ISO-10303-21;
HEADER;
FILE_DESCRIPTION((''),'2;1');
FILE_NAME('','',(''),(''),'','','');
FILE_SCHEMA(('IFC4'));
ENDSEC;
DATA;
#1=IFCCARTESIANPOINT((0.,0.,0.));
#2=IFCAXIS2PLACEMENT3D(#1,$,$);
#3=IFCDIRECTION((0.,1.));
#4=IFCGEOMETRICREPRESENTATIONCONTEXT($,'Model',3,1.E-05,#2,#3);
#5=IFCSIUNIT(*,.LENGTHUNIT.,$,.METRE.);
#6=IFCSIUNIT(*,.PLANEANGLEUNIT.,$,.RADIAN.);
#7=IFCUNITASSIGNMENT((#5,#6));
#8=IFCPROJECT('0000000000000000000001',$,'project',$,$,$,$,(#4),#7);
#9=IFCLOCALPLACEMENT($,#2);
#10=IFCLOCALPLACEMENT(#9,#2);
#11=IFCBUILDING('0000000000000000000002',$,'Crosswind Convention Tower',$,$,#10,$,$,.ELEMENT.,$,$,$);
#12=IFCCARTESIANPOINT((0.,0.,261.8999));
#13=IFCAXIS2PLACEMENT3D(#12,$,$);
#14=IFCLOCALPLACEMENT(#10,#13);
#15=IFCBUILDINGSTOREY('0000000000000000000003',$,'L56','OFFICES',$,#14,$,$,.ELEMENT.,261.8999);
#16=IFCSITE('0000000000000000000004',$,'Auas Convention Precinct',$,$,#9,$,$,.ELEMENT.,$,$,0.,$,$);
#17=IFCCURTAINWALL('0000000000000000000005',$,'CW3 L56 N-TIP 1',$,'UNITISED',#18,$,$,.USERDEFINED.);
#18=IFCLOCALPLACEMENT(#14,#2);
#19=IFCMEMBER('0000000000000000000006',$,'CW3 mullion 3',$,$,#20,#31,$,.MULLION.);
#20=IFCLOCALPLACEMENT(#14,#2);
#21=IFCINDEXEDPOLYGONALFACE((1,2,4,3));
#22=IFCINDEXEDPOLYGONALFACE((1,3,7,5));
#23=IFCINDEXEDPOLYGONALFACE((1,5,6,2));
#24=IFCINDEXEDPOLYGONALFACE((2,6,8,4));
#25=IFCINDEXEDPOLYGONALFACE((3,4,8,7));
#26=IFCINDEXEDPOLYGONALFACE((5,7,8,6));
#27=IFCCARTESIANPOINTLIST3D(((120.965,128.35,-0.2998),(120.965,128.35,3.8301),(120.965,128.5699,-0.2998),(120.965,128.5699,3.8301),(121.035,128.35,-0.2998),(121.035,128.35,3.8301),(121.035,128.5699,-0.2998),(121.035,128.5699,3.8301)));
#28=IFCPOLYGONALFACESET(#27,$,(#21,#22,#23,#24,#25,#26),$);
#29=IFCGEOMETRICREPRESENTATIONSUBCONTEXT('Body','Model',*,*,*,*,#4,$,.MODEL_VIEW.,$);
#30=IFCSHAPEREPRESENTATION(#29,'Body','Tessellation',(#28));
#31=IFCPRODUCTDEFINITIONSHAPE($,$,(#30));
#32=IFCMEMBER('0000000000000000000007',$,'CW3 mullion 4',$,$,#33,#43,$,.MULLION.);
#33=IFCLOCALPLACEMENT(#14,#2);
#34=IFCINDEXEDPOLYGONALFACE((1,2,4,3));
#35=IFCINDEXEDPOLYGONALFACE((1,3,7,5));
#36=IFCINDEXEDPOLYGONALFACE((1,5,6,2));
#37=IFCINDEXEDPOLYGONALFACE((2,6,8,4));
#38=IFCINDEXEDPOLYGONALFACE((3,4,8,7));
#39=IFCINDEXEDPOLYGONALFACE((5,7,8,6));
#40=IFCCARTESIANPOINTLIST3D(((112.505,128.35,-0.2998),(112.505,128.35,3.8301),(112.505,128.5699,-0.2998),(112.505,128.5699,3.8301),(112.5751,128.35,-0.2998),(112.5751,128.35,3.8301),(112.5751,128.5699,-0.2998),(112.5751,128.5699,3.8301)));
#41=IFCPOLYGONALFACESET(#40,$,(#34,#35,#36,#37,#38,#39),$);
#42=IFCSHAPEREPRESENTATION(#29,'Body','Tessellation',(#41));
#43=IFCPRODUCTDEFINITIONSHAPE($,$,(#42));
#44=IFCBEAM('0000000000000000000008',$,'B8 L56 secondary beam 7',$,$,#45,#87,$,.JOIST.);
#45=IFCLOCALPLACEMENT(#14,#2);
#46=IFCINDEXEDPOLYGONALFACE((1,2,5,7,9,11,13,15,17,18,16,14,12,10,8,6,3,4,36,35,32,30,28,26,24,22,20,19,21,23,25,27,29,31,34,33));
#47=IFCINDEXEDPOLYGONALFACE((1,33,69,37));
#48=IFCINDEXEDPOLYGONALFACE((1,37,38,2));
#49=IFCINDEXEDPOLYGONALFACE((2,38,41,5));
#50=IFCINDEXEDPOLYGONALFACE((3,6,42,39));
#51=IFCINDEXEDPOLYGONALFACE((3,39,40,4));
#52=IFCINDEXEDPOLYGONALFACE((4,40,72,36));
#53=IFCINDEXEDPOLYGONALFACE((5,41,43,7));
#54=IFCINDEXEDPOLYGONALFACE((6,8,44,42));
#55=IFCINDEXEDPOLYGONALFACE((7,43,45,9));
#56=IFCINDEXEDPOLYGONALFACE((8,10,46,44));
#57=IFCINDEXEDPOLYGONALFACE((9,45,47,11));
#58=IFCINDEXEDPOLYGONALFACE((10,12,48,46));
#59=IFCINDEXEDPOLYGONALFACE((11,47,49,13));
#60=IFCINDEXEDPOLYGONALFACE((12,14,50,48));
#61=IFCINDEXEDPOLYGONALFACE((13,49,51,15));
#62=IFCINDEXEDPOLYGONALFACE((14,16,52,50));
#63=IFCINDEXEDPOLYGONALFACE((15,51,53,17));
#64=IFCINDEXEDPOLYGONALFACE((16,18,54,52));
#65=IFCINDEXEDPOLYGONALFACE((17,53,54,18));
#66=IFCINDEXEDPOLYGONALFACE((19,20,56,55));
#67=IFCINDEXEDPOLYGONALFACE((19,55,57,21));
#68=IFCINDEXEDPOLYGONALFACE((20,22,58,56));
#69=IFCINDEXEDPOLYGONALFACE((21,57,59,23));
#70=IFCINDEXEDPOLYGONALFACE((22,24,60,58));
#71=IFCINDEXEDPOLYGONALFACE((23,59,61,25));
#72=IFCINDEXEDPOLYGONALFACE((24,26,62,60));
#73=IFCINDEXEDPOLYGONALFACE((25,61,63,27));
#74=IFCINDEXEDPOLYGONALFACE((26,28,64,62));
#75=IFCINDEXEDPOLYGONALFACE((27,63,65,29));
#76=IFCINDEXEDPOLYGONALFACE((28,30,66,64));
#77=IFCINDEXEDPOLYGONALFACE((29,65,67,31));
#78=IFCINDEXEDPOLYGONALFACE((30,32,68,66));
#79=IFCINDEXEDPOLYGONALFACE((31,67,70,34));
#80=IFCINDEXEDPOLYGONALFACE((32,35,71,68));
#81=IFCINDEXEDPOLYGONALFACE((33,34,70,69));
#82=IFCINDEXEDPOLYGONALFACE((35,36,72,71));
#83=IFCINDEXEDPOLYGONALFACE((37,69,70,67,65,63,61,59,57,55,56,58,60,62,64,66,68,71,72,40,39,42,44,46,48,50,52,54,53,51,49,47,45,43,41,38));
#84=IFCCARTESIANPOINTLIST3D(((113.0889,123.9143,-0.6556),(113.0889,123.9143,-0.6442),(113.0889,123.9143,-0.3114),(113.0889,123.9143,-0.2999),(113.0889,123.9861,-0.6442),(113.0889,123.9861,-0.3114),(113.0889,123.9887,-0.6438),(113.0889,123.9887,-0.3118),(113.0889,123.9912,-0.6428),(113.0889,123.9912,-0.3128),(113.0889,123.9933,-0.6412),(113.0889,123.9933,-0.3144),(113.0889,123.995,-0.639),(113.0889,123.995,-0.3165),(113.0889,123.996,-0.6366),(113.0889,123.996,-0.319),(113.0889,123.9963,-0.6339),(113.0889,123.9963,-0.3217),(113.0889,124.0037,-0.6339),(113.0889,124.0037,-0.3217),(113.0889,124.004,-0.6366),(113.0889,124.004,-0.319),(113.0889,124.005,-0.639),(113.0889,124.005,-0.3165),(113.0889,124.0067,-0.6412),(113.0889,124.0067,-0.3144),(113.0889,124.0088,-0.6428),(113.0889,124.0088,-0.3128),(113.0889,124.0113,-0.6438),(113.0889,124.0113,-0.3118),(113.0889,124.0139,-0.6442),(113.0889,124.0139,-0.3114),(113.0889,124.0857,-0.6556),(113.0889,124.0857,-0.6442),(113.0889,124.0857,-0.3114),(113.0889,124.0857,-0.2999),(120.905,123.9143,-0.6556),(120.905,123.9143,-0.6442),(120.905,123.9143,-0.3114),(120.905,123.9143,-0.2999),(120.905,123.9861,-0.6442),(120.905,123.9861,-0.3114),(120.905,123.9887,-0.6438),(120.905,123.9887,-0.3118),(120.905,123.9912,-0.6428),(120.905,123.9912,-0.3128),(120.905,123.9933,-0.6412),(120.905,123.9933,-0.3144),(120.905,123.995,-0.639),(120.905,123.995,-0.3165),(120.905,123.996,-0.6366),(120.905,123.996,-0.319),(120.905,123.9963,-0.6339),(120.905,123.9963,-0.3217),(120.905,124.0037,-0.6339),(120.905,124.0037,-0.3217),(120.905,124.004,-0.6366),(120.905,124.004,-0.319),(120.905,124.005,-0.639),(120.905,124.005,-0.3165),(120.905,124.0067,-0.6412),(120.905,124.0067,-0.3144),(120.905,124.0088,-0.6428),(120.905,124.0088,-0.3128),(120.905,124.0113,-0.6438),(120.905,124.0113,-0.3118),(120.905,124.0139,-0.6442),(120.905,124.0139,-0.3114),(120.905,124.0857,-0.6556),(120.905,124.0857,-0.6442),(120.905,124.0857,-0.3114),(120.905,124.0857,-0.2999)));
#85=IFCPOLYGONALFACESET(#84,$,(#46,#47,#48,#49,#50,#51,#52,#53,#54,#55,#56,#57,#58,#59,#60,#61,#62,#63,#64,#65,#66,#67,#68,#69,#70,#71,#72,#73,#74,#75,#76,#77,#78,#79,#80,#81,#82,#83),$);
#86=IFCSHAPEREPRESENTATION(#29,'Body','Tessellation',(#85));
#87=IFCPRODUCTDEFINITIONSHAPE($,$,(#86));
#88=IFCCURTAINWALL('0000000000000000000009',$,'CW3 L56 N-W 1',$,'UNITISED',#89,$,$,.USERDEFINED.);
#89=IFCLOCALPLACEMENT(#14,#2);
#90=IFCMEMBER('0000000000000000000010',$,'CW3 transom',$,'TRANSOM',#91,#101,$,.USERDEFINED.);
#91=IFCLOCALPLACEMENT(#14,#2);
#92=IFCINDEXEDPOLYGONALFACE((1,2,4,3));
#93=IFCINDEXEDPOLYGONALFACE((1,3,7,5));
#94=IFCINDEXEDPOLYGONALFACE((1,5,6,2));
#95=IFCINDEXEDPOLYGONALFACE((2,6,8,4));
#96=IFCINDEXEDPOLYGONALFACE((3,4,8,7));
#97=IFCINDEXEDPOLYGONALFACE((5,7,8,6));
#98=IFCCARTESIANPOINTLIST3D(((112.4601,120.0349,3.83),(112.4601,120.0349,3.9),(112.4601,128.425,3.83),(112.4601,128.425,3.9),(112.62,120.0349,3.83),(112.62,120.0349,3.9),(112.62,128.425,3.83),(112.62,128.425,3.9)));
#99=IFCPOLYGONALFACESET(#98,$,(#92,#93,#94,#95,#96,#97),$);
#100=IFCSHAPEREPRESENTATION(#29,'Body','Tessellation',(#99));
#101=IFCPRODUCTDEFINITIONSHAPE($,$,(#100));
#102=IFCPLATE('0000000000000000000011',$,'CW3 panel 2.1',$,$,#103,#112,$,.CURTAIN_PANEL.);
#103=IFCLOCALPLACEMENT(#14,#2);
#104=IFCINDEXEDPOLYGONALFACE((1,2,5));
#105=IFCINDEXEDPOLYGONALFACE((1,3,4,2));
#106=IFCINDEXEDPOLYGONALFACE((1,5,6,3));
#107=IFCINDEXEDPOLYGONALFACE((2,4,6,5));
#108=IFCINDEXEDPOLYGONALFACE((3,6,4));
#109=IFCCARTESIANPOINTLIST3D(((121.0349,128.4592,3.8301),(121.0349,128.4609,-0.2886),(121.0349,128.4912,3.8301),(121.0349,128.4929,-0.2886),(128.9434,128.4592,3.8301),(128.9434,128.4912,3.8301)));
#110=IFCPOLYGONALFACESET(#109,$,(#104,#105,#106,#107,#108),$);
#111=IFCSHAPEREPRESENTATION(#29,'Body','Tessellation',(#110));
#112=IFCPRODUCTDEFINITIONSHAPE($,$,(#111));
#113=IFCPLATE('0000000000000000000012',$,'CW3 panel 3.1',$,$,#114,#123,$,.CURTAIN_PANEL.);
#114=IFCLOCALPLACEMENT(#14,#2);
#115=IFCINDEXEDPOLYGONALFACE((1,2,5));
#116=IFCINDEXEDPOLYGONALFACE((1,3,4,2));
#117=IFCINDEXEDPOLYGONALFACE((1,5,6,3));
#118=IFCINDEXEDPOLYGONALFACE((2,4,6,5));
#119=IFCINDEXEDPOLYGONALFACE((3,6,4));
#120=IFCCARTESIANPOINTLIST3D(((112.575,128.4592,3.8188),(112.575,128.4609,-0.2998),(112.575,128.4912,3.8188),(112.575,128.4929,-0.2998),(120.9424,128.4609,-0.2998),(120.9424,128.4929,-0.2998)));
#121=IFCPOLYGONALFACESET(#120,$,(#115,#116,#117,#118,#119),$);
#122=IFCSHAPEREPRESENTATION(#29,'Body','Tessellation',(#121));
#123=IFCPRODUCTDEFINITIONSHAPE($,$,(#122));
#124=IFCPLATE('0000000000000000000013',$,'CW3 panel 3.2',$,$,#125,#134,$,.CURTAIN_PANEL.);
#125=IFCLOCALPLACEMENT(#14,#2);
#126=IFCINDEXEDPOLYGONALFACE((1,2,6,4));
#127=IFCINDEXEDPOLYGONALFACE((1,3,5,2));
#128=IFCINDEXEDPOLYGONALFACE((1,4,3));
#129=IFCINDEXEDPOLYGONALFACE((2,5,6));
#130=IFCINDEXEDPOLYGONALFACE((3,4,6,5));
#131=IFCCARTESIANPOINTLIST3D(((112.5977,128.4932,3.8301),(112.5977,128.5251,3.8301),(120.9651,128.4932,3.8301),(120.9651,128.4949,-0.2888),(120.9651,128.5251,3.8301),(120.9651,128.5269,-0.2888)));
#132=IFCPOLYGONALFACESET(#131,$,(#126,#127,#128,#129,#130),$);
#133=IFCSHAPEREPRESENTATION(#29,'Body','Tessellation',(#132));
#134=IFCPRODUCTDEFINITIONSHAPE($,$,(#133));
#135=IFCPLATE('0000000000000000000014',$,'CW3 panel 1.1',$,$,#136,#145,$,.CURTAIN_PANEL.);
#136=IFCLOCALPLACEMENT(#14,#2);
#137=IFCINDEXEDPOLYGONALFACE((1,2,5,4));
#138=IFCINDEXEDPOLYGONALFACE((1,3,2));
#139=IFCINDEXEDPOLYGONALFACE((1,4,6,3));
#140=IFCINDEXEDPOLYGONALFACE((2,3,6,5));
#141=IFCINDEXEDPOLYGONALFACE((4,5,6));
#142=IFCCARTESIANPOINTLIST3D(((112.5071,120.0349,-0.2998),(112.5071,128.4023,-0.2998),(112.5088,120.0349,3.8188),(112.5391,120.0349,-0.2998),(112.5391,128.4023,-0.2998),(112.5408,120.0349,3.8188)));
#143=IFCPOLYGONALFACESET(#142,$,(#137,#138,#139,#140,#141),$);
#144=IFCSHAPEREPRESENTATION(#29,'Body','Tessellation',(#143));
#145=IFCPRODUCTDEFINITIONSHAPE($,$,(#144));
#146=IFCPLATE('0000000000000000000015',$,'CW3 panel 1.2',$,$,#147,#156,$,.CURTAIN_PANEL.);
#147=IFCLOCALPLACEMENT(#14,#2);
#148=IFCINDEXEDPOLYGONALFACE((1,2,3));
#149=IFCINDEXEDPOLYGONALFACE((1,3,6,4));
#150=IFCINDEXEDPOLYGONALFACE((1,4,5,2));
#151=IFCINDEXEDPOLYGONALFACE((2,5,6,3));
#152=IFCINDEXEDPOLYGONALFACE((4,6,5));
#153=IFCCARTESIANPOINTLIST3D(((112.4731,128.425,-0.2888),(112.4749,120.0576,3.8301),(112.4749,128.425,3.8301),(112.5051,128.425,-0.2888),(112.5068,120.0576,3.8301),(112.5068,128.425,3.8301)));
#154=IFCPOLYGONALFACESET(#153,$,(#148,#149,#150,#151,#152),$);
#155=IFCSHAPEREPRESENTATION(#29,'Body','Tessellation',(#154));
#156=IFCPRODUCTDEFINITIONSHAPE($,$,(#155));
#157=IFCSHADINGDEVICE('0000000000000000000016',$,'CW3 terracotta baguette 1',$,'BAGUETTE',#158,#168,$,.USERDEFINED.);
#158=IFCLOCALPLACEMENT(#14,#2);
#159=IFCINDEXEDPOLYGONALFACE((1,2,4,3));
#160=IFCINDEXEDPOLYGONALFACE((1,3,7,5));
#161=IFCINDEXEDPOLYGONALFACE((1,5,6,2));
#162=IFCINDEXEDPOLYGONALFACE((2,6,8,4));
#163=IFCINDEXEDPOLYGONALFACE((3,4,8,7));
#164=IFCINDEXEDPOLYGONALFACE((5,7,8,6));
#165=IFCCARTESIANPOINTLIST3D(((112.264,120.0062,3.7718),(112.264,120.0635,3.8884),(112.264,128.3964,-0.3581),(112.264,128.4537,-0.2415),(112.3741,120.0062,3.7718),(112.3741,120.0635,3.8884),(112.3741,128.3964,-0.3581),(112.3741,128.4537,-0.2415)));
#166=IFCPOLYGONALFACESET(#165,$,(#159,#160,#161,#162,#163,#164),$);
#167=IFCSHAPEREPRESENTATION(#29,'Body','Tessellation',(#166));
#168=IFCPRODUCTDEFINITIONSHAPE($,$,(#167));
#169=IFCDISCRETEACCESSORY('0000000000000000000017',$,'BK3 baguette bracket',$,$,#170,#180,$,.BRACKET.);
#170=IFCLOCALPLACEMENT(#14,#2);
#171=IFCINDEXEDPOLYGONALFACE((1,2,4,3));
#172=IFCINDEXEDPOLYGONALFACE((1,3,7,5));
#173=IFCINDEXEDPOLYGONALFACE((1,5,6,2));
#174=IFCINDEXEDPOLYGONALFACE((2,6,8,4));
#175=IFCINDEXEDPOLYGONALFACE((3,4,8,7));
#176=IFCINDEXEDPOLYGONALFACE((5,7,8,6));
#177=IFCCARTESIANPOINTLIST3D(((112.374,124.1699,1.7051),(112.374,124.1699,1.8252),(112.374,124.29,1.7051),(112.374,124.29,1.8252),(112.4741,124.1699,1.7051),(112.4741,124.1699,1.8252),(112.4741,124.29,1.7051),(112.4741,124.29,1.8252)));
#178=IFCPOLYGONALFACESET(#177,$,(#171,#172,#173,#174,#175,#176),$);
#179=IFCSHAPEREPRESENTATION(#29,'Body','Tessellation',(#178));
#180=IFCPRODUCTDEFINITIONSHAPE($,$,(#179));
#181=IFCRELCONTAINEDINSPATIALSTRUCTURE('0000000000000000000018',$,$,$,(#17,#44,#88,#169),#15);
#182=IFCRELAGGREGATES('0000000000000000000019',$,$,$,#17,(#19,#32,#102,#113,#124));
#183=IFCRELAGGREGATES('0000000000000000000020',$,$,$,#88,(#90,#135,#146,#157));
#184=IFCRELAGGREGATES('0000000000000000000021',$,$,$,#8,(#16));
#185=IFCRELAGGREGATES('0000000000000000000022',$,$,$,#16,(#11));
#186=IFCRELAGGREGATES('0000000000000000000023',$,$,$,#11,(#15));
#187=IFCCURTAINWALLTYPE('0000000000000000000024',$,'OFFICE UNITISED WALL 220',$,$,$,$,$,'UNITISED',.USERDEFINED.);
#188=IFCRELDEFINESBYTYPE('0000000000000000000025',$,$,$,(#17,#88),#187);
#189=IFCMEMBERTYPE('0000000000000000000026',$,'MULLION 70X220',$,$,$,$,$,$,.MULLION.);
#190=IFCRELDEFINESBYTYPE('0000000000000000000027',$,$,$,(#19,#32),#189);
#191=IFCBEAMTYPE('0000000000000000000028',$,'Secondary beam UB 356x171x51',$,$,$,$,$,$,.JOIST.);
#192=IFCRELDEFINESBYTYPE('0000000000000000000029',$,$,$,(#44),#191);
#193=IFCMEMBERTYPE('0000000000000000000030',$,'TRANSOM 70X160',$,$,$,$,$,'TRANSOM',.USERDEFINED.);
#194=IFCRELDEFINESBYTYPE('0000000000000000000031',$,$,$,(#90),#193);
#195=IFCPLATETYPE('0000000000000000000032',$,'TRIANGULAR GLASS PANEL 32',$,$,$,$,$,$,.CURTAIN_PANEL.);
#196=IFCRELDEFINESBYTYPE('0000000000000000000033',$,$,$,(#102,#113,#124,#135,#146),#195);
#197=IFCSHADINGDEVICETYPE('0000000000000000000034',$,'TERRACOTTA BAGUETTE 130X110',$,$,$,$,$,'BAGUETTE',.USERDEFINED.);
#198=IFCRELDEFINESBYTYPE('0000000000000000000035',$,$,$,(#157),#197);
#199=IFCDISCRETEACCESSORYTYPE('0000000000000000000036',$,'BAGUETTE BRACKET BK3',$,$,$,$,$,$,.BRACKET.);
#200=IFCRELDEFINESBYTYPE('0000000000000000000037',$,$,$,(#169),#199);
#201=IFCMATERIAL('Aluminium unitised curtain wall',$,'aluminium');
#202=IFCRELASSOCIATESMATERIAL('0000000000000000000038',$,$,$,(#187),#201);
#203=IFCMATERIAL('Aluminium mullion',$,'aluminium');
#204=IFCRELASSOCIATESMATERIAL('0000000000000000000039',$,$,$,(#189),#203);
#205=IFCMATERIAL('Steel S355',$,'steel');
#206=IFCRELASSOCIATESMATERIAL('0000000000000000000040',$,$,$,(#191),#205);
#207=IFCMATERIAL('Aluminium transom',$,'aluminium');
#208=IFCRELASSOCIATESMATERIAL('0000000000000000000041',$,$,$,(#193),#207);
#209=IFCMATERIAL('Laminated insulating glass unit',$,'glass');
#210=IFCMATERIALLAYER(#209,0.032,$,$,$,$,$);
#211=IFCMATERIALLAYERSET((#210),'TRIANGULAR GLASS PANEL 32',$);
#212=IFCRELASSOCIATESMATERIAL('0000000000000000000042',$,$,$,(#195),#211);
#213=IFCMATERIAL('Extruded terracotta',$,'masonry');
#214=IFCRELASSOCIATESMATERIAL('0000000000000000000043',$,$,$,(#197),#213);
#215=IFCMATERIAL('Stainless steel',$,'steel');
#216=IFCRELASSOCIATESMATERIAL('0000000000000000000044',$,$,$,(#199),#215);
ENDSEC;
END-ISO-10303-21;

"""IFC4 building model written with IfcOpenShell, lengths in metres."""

from ifc_helpers import new_model, si_unit, direction, frame, origin, origin_2d, place, context, subcontext, project, spatial, polyline, rectangle, i_section, outline, extrude, material, layer, layer_set, material_profile, profile_set, type_object, element, aggregate, save


model = new_model("IFC4")

# Units and contexts
model_context = context("Model", 3, precision=1e-05, world=origin(), true_north=direction((0.0, 1.0)))
body_context = subcontext(model_context, "Body", "Model", "MODEL_VIEW")
ifc_project = project(units=[si_unit("LENGTHUNIT", "METRE"), si_unit("PLANEANGLEUNIT", "RADIAN")], contexts=[model_context])

# Site, building, storey
site_placement = place(None, origin())
site = spatial("IfcSite", under=ifc_project, at=site_placement, Name="Auas Convention Precinct", CompositionType="ELEMENT", RefElevation=0.0)
building_placement = place(site_placement, origin())
building = spatial("IfcBuilding", under=site, at=building_placement, Name="Crosswind Convention Tower", CompositionType="ELEMENT")
storey_placement = place(building_placement, frame((0.0, 0.0, 261.8999)))
storey = spatial("IfcBuildingStorey", under=building, at=storey_placement, Name="L56", Description="OFFICES", CompositionType="ELEMENT", Elevation=261.8999)

# Shared definitions
ifc_material_1 = material(Name="Steel S355", Category="steel")

# Curtain wall, members
ifc_material_2 = material(Name="Aluminium unitised curtain wall", Category="aluminium")
curtain_wall_type = type_object("IfcCurtainWallType", Name="OFFICE UNITISED WALL 220", ElementType="UNITISED", PredefinedType="USERDEFINED", material=ifc_material_2)
curtain_wall_1_placement = place(storey_placement, origin())
curtain_wall_1 = element("IfcCurtainWall", 1, at=curtain_wall_1_placement, inside=storey, type_object=curtain_wall_type, Name="CW3 L56 N-TIP 1", ObjectType="UNITISED", PredefinedType="USERDEFINED")
ifc_material_3 = material(Name="Aluminium mullion", Category="aluminium")
ifc_material_profile_1 = material_profile(ifc_material_3, rectangle(XDim=0.22, YDim=0.0701, at=origin_2d()), Name="AL 220X70")
ifc_profile_set_1 = profile_set([ifc_material_profile_1], Name="Aluminium mullion")
member_type_1 = type_object("IfcMemberType", Name="MULLION 70X220", PredefinedType="MULLION", material=ifc_profile_set_1)
member_1_placement = place(storey_placement, frame((121.0, 128.46, -0.2998), z_axis=(0.0, 0.0, 1.0), x_axis=(0.0, 1.0, 0.0)))
member_1 = element("IfcMember", 2, at=member_1_placement, type_object=member_type_1, Name="CW3 mullion 3", PredefinedType="MULLION", context=body_context, shape_type="SweptSolid", body=[
    extrude(rectangle(XDim=0.22, YDim=0.0701, at=origin_2d()), origin(), (0.0, 0.0, 1.0), 4.1299),
])
member_2_placement = place(storey_placement, frame((112.54, 128.46, -0.2998), z_axis=(0.0, 0.0, 1.0), x_axis=(0.0, 1.0, 0.0)))
member_2 = element("IfcMember", 3, at=member_2_placement, type_object=member_type_1, Name="CW3 mullion 4", PredefinedType="MULLION", context=body_context, shape_type="SweptSolid", body=[
    extrude(rectangle(XDim=0.22, YDim=0.0701, at=origin_2d()), origin(), (0.0, 0.0, 1.0), 4.1299),
])

# Beam
ifc_material_profile_2 = material_profile(ifc_material_1, i_section(OverallWidth=0.1714, OverallDepth=0.3557, WebThickness=0.0073, FlangeThickness=0.0115, FilletRadius=0.0103, at=origin_2d()), Name="UB 356x171x51")
ifc_profile_set_2 = profile_set([ifc_material_profile_2], Name="Steel S355")
beam_type_1 = type_object("IfcBeamType", Name="Secondary beam UB 356x171x51", PredefinedType="JOIST", material=ifc_profile_set_2)
beam_1_placement = place(storey_placement, frame((113.0889, 124.0, -0.4778), z_axis=(1.0, 0.0, 0.0), x_axis=(0.0, 1.0, 0.0)))
element("IfcBeam", 4, at=beam_1_placement, inside=storey, type_object=beam_type_1, Name="B8 L56 secondary beam 7", PredefinedType="JOIST", context=body_context, shape_type="SweptSolid", body=[
    extrude(i_section(OverallWidth=0.1714, OverallDepth=0.3557, WebThickness=0.0073, FlangeThickness=0.0115, FilletRadius=0.0103, at=origin_2d()), origin(), (0.0, 0.0, 1.0), 7.8162),
])

# Curtain wall, member
curtain_wall_2_placement = place(storey_placement, origin())
curtain_wall_2 = element("IfcCurtainWall", 5, at=curtain_wall_2_placement, inside=storey, type_object=curtain_wall_type, Name="CW3 L56 N-W 1", ObjectType="UNITISED", PredefinedType="USERDEFINED")
ifc_material_4 = material(Name="Aluminium transom", Category="aluminium")
ifc_material_profile_3 = material_profile(ifc_material_4, rectangle(XDim=0.1599, YDim=0.0701, at=origin_2d()), Name="AL 160X70")
ifc_profile_set_3 = profile_set([ifc_material_profile_3], Name="Aluminium transom")
member_type_2 = type_object("IfcMemberType", Name="TRANSOM 70X160", ElementType="TRANSOM", PredefinedType="USERDEFINED", material=ifc_profile_set_3)
member_3_placement = place(storey_placement, frame((112.54, 128.425, 3.865), z_axis=(0.0, -1.0, 0.0), x_axis=(1.0, 0.0, 0.0)))
member_3 = element("IfcMember", 6, at=member_3_placement, type_object=member_type_2, Name="CW3 transom", ObjectType="TRANSOM", PredefinedType="USERDEFINED", context=body_context, shape_type="SweptSolid", body=[
    extrude(rectangle(XDim=0.1599, YDim=0.0701, at=origin_2d()), origin(), (0.0, 0.0, 1.0), 8.3901),
])

# Plates
ifc_material_5 = material(Name="Laminated insulating glass unit", Category="glass")
ifc_layer = layer(ifc_material_5, 0.032)
ifc_layer_set = layer_set([ifc_layer], Name="TRIANGULAR GLASS PANEL 32")
plate_type = type_object("IfcPlateType", Name="TRIANGULAR GLASS PANEL 32", PredefinedType="CURTAIN_PANEL", material=ifc_layer_set)
plate_1_placement = place(storey_placement, frame((121.0349, 128.4912, 3.8301), z_axis=(0.0, 1.0, 0.000415), x_axis=(1.0, 0.0, 0.0)))
plate_1 = element("IfcPlate", 7, at=plate_1_placement, type_object=plate_type, Name="CW3 panel 2.1", PredefinedType="CURTAIN_PANEL", context=body_context, shape_type="SweptSolid", body=[
    extrude(outline(polyline([(0.0, 0.0), (7.9084, 0.0), (0.0, 4.1187), (0.0, 0.0)])), origin(), (0.0, 0.0, -1.0), 0.032),
])
plate_2_placement = place(storey_placement, frame((112.575, 128.4929, -0.2998), z_axis=(0.0, 1.0, 0.000415), x_axis=(0.0, -0.000415, 1.0)))
plate_2 = element("IfcPlate", 8, at=plate_2_placement, type_object=plate_type, Name="CW3 panel 3.1", PredefinedType="CURTAIN_PANEL", context=body_context, shape_type="SweptSolid", body=[
    extrude(outline(polyline([(0.0, 0.0), (4.1187, 0.0), (0.0, 8.3674), (0.0, 0.0)])), origin(), (0.0, 0.0, -1.0), 0.032),
])
plate_3_placement = place(storey_placement, frame((120.9651, 128.5251, 3.8301), z_axis=(0.0, 1.0, 0.000415), x_axis=(0.0, 0.000415, -1.0)))
plate_3 = element("IfcPlate", 9, at=plate_3_placement, type_object=plate_type, Name="CW3 panel 3.2", PredefinedType="CURTAIN_PANEL", context=body_context, shape_type="SweptSolid", body=[
    extrude(outline(polyline([(0.0, 0.0), (4.1189, 0.0), (0.0, 8.3674), (0.0, 0.0)])), origin(), (0.0, 0.0, -1.0), 0.032),
])
aggregate(curtain_wall_1, [member_1, member_2, plate_1, plate_2, plate_3])
plate_4_placement = place(storey_placement, frame((112.5071, 120.0349, -0.2998), z_axis=(-1.0, 0.0, 0.000415), x_axis=(0.000415, 0.0, 1.0)))
plate_4 = element("IfcPlate", 10, at=plate_4_placement, type_object=plate_type, Name="CW3 panel 1.1", PredefinedType="CURTAIN_PANEL", context=body_context, shape_type="SweptSolid", body=[
    extrude(outline(polyline([(0.0, 0.0), (4.1187, 0.0), (0.0, 8.3674), (0.0, 0.0)])), origin(), (0.0, 0.0, -1.0), 0.032),
])
plate_5_placement = place(storey_placement, frame((112.4749, 128.425, 3.8301), z_axis=(-1.0, 0.0, 0.000415), x_axis=(-0.000415, 0.0, -1.0)))
plate_5 = element("IfcPlate", 11, at=plate_5_placement, type_object=plate_type, Name="CW3 panel 1.2", PredefinedType="CURTAIN_PANEL", context=body_context, shape_type="SweptSolid", body=[
    extrude(outline(polyline([(0.0, 0.0), (4.1189, 0.0), (0.0, 8.3674), (0.0, 0.0)])), origin(), (0.0, 0.0, -1.0), 0.032),
])

# Shading device
ifc_material_6 = material(Name="Extruded terracotta", Category="masonry")
ifc_material_profile_4 = material_profile(ifc_material_6, rectangle(XDim=0.1101, YDim=0.1299, at=origin_2d()), Name="TC 110X130")
ifc_profile_set_4 = profile_set([ifc_material_profile_4], Name="Extruded terracotta")
shading_device_type = type_object("IfcShadingDeviceType", Name="TERRACOTTA BAGUETTE 130X110", ElementType="BAGUETTE", PredefinedType="USERDEFINED", material=ifc_profile_set_4)
shading_device_placement = place(storey_placement, frame((112.3191, 128.425, -0.2998), z_axis=(0.0, -0.897198, 0.441628), x_axis=(1.0, 0.0, 0.0)))
shading_device = element("IfcShadingDevice", 12, at=shading_device_placement, type_object=shading_device_type, Name="CW3 terracotta baguette 1", ObjectType="BAGUETTE", PredefinedType="USERDEFINED", context=body_context, shape_type="SweptSolid", body=[
    extrude(rectangle(XDim=0.1101, YDim=0.1299, at=origin_2d()), origin(), (0.0, 0.0, 1.0), 9.3516),
])
aggregate(curtain_wall_2, [member_3, plate_4, plate_5, shading_device])

# Discrete accessory
ifc_material_7 = material(Name="Stainless steel", Category="steel")
discrete_accessory_type = type_object("IfcDiscreteAccessoryType", Name="BAGUETTE BRACKET BK3", PredefinedType="BRACKET", material=ifc_material_7)
discrete_accessory_placement = place(storey_placement, frame((112.4241, 124.23, 1.7051), z_axis=(0.0, 0.0, 1.0), x_axis=(0.0, -1.0, 0.0)))
element("IfcDiscreteAccessory", 13, at=discrete_accessory_placement, inside=storey, type_object=discrete_accessory_type, Name="BK3 baguette bracket", PredefinedType="BRACKET", context=body_context, shape_type="SweptSolid", body=[
    extrude(rectangle(XDim=0.1201, YDim=0.1001, at=origin_2d()), origin(), (0.0, 0.0, 1.0), 0.1201),
])

save(model, "model.ifc")
